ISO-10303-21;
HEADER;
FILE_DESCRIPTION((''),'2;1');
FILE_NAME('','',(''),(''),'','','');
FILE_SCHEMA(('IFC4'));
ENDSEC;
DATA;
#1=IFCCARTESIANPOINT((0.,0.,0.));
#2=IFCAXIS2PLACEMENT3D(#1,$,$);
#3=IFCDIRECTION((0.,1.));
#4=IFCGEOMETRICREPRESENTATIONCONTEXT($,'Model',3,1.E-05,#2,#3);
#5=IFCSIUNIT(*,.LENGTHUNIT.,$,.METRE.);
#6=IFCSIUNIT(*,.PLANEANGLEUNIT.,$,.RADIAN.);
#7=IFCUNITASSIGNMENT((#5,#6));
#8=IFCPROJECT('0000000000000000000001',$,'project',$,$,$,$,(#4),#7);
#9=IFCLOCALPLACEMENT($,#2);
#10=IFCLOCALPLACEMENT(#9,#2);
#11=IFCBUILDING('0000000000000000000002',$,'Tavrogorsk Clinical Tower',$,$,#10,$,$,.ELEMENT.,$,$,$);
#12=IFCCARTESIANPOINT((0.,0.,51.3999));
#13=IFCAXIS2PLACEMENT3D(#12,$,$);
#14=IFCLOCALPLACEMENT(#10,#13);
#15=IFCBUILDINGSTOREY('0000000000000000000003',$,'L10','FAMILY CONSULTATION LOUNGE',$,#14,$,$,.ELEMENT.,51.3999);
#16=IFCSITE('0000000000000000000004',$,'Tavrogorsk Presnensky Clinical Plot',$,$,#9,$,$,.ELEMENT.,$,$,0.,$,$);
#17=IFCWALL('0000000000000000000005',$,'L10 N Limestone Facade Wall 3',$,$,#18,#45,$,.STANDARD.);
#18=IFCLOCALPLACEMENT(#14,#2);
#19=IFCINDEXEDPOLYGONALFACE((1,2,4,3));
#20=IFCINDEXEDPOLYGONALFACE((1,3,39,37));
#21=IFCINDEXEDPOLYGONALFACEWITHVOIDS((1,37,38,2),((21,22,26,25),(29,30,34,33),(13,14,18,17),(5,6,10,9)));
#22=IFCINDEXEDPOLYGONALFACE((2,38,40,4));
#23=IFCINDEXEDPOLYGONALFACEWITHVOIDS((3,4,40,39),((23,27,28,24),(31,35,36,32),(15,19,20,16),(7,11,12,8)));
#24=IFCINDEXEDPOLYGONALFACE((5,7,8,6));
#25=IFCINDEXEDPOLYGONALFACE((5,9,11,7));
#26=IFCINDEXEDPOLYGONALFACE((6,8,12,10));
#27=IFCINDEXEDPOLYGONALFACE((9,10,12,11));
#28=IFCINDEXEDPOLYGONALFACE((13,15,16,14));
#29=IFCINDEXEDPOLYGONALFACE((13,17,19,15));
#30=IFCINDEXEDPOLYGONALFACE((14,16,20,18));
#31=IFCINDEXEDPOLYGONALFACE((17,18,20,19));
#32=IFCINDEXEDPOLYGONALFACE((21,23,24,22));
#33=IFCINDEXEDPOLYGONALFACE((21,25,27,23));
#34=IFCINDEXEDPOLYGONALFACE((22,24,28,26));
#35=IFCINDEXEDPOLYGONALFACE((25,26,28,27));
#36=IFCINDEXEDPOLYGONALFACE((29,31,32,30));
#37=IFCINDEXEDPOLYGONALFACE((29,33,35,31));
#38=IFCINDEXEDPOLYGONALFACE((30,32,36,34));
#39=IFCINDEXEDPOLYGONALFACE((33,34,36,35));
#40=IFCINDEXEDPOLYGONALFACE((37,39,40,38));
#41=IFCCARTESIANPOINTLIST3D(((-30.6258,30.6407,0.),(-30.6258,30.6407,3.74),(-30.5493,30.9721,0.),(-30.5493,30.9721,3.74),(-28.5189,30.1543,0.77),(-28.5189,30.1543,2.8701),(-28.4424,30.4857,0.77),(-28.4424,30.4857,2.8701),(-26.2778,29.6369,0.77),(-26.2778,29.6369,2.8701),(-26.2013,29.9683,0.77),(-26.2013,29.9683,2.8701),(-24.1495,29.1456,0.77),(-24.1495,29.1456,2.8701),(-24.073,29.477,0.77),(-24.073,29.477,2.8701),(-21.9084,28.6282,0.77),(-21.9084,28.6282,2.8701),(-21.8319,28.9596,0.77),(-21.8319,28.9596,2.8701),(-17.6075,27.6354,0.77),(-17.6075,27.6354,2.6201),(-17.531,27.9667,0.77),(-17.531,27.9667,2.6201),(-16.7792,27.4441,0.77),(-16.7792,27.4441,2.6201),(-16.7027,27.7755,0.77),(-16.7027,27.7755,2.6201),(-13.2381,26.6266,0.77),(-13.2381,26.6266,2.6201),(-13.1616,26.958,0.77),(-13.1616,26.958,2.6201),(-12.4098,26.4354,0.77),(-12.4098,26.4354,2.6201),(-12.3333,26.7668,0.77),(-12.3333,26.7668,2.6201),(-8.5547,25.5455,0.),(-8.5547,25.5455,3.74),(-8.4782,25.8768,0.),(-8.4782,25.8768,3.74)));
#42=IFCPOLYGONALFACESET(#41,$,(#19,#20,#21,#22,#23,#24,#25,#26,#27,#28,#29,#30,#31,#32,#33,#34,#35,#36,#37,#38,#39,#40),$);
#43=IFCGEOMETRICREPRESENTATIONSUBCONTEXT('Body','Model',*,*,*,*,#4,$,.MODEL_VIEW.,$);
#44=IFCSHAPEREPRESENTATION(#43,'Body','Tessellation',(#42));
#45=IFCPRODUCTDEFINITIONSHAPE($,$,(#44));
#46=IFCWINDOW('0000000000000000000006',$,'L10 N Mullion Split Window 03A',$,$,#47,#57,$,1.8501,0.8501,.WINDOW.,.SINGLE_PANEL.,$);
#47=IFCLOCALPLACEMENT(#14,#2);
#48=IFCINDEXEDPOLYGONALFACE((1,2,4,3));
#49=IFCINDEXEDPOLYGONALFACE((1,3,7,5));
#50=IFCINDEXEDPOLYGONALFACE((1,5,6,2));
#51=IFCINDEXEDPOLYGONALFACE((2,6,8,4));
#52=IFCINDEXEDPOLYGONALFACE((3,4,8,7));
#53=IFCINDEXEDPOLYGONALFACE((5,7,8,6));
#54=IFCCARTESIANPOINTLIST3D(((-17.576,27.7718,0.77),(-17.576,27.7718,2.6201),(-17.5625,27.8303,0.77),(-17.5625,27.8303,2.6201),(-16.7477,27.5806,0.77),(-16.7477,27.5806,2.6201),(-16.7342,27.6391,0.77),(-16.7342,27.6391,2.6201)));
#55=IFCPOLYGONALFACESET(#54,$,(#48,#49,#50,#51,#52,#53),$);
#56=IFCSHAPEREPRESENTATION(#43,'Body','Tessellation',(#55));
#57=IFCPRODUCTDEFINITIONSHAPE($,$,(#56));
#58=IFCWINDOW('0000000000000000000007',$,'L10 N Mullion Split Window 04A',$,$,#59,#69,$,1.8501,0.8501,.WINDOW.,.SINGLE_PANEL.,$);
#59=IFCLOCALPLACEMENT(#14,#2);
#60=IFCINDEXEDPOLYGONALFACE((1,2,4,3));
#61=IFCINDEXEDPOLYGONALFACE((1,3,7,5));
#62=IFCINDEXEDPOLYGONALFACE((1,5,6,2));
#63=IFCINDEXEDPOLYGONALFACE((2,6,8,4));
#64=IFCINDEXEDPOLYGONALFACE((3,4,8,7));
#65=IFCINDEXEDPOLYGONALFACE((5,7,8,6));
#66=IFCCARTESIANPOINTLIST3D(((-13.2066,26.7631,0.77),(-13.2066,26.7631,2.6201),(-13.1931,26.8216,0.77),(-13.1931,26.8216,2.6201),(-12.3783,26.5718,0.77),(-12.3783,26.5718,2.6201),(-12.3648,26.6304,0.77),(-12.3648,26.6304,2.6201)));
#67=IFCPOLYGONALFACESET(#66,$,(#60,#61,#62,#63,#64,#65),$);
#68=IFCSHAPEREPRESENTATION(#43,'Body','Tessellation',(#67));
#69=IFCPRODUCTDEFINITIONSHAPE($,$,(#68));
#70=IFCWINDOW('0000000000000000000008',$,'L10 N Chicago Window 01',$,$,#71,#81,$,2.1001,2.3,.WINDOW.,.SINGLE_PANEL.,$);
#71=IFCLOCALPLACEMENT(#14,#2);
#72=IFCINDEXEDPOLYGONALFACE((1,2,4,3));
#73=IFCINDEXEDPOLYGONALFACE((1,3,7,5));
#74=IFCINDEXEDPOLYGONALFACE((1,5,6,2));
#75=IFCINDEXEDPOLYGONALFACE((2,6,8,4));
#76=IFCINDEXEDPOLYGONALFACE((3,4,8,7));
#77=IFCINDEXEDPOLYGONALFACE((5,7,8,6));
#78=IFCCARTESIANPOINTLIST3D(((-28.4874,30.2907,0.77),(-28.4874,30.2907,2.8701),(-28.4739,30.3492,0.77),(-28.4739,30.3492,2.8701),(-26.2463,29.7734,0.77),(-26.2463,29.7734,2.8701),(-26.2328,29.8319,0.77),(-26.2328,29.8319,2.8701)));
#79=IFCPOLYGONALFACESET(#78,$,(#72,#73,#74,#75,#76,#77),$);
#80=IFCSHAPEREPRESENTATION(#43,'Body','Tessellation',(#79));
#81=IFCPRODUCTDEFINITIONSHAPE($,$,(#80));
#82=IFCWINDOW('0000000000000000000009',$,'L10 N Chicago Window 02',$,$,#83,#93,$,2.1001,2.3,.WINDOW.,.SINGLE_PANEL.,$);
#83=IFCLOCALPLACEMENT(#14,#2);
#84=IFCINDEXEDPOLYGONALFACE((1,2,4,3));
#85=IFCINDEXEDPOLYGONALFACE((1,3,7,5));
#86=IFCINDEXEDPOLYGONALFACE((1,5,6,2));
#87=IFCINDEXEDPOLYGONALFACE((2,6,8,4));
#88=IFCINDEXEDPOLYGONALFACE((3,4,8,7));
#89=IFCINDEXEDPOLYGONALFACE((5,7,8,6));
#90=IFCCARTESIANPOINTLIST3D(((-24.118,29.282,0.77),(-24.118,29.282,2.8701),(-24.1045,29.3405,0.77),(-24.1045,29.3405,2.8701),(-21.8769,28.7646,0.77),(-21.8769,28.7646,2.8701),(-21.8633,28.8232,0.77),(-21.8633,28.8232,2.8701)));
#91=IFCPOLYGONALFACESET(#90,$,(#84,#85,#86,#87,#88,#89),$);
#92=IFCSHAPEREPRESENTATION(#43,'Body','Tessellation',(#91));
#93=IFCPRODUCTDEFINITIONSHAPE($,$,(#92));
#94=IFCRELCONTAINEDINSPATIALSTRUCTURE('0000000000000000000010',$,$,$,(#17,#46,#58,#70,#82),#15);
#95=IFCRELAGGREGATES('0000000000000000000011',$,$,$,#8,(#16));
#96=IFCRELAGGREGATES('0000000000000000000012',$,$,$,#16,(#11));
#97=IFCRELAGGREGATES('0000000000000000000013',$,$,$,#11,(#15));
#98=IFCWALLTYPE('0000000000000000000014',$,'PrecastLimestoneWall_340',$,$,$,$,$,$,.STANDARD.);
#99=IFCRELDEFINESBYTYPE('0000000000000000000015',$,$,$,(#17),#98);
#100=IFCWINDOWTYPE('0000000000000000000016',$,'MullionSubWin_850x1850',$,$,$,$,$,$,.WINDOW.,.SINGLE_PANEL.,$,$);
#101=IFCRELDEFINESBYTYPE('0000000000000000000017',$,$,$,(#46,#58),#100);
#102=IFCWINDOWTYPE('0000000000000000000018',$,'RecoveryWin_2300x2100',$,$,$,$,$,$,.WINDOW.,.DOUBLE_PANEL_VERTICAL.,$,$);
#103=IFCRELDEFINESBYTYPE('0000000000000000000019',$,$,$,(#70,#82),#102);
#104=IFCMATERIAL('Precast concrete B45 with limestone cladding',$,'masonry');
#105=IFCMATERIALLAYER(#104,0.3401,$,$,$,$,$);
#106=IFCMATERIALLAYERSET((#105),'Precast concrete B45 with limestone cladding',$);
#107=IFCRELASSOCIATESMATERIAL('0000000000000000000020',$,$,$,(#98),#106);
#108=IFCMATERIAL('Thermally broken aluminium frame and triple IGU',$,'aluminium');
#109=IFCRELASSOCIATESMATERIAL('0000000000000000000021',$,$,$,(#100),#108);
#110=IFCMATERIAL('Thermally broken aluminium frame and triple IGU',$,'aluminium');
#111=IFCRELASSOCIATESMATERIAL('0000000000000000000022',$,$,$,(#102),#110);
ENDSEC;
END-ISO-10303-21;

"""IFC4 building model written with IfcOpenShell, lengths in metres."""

from ifc_helpers import new_model, si_unit, direction, frame, frame_2d, origin, place, context, subcontext, project, spatial, rectangle, extrude, material, layer, layer_set, type_object, element, fill, save


model = new_model("IFC4")

# Units and contexts
model_context = context("Model", 3, precision=1e-05, world=origin(), true_north=direction((0.0, 1.0)))
body_context = subcontext(model_context, "Body", "Model", "MODEL_VIEW")
ifc_project = project(units=[si_unit("LENGTHUNIT", "METRE"), si_unit("PLANEANGLEUNIT", "RADIAN")], contexts=[model_context])

# Site, building, storey
site_placement = place(None, origin())
site = spatial("IfcSite", under=ifc_project, at=site_placement, Name="Tavrogorsk Presnensky Clinical Plot", CompositionType="ELEMENT", RefElevation=0.0)
building_placement = place(site_placement, origin())
building = spatial("IfcBuilding", under=site, at=building_placement, Name="Tavrogorsk Clinical Tower", CompositionType="ELEMENT")
storey_placement = place(building_placement, frame((0.0, 0.0, 51.3999)))
storey = spatial("IfcBuildingStorey", under=building, at=storey_placement, Name="L10", Description="FAMILY CONSULTATION LOUNGE", CompositionType="ELEMENT", Elevation=51.3999)

# Wall, openings, windows
ifc_material_1 = material(Name="Precast concrete B45 with limestone cladding", Category="masonry")
ifc_layer_1 = layer(ifc_material_1, 0.3401)
ifc_layer_set_1 = layer_set([ifc_layer_1], Name="Precast concrete B45 with limestone cladding")
wall_type_1 = type_object("IfcWallType", Name="PrecastLimestoneWall_340", PredefinedType="STANDARD", material=ifc_layer_set_1)
wall_1_placement = place(storey_placement, frame((-8.5166, 25.7112, 0.0), z_axis=(0.0, 0.0, 1.0), x_axis=(-0.974373, 0.224939, 0.0)))
wall_1 = element("IfcWall", 1, at=wall_1_placement, inside=storey, type_object=wall_type_1, Name="L10 N Limestone Facade Wall 3", PredefinedType="STANDARD", context=body_context, shape_type="SweptSolid", body=[
    extrude(rectangle(XDim=22.6516, YDim=0.3401, at=frame_2d((11.3257, 0.0))), origin(), (0.0, 0.0, 1.0), 3.74),
])
opening_1_placement = place(wall_1_placement, frame((18.1892, 0.0, 0.77)))
opening_1 = element("IfcOpeningElement", 2, at=opening_1_placement, cuts=wall_1, PredefinedType="OPENING", context=body_context, shape_type="SweptSolid", body=[
    extrude(rectangle(XDim=2.3, YDim=2.1001, at=frame_2d((1.1499, 1.05))), frame((0.0, 0.1799, 0.0), z_axis=(0.0, -1.0, 0.0), x_axis=(1.0, 0.0, 0.0)), (0.0, 0.0, 1.0), 0.3601),
])
opening_2_placement = place(wall_1_placement, frame((13.7048, 0.0, 0.77)))
opening_2 = element("IfcOpeningElement", 3, at=opening_2_placement, cuts=wall_1, PredefinedType="OPENING", context=body_context, shape_type="SweptSolid", body=[
    extrude(rectangle(XDim=2.3, YDim=2.1001, at=frame_2d((1.1499, 1.05))), frame((0.0, 0.1799, 0.0), z_axis=(0.0, -1.0, 0.0), x_axis=(1.0, 0.0, 0.0)), (0.0, 0.0, 1.0), 0.3601),
])
opening_3_placement = place(wall_1_placement, frame((8.4407, 0.0, 0.77)))
opening_3 = element("IfcOpeningElement", 4, at=opening_3_placement, cuts=wall_1, PredefinedType="OPENING", context=body_context, shape_type="SweptSolid", body=[
    extrude(rectangle(XDim=0.8501, YDim=1.8501, at=frame_2d((0.425, 0.925))), frame((0.0, 0.1799, 0.0), z_axis=(0.0, -1.0, 0.0), x_axis=(1.0, 0.0, 0.0)), (0.0, 0.0, 1.0), 0.3601),
])
opening_4_placement = place(wall_1_placement, frame((3.9563, 0.0, 0.77)))
opening_4 = element("IfcOpeningElement", 5, at=opening_4_placement, cuts=wall_1, PredefinedType="OPENING", context=body_context, shape_type="SweptSolid", body=[
    extrude(rectangle(XDim=0.8501, YDim=1.8501, at=frame_2d((0.425, 0.925))), frame((0.0, 0.1799, 0.0), z_axis=(0.0, -1.0, 0.0), x_axis=(1.0, 0.0, 0.0)), (0.0, 0.0, 1.0), 0.3601),
])
ifc_material_2 = material(Name="Thermally broken aluminium frame and triple IGU", Category="aluminium")
window_type_1 = type_object("IfcWindowType", Name="MullionSubWin_850x1850", PartitioningType="SINGLE_PANEL", PredefinedType="WINDOW", material=ifc_material_2)
window_1_placement = place(opening_3_placement, origin())
window_1 = element("IfcWindow", 6, at=window_1_placement, inside=storey, type_object=window_type_1, Name="L10 N Mullion Split Window 03A", OverallHeight=1.8501, OverallWidth=0.8501, PartitioningType="SINGLE_PANEL", PredefinedType="WINDOW", context=body_context, shape_type="SweptSolid", body=[
    extrude(rectangle(XDim=0.8501, YDim=1.8501, at=frame_2d((0.425, 0.925))), frame((0.0, 0.03, 0.0), z_axis=(0.0, -1.0, 0.0), x_axis=(1.0, 0.0, 0.0)), (0.0, 0.0, 1.0), 0.0601),
])
fill(opening_3, window_1)
window_2_placement = place(opening_4_placement, origin())
window_2 = element("IfcWindow", 7, at=window_2_placement, inside=storey, type_object=window_type_1, Name="L10 N Mullion Split Window 04A", OverallHeight=1.8501, OverallWidth=0.8501, PartitioningType="SINGLE_PANEL", PredefinedType="WINDOW", context=body_context, shape_type="SweptSolid", body=[
    extrude(rectangle(XDim=0.8501, YDim=1.8501, at=frame_2d((0.425, 0.925))), frame((0.0, 0.03, 0.0), z_axis=(0.0, -1.0, 0.0), x_axis=(1.0, 0.0, 0.0)), (0.0, 0.0, 1.0), 0.0601),
])
fill(opening_4, window_2)
ifc_material_3 = material(Name="Thermally broken aluminium frame and triple IGU", Category="aluminium")
window_type_2 = type_object("IfcWindowType", Name="RecoveryWin_2300x2100", PartitioningType="DOUBLE_PANEL_VERTICAL", PredefinedType="WINDOW", material=ifc_material_3)
window_3_placement = place(opening_1_placement, origin())
window_3 = element("IfcWindow", 8, at=window_3_placement, inside=storey, type_object=window_type_2, Name="L10 N Chicago Window 01", OverallHeight=2.1001, OverallWidth=2.3, PartitioningType="SINGLE_PANEL", PredefinedType="WINDOW", context=body_context, shape_type="SweptSolid", body=[
    extrude(rectangle(XDim=2.3, YDim=2.1001, at=frame_2d((1.1499, 1.05))), frame((0.0, 0.03, 0.0), z_axis=(0.0, -1.0, 0.0), x_axis=(1.0, 0.0, 0.0)), (0.0, 0.0, 1.0), 0.0601),
])
fill(opening_1, window_3)
window_4_placement = place(opening_2_placement, origin())
window_4 = element("IfcWindow", 9, at=window_4_placement, inside=storey, type_object=window_type_2, Name="L10 N Chicago Window 02", OverallHeight=2.1001, OverallWidth=2.3, PartitioningType="SINGLE_PANEL", PredefinedType="WINDOW", context=body_context, shape_type="SweptSolid", body=[
    extrude(rectangle(XDim=2.3, YDim=2.1001, at=frame_2d((1.1499, 1.05))), frame((0.0, 0.03, 0.0), z_axis=(0.0, -1.0, 0.0), x_axis=(1.0, 0.0, 0.0)), (0.0, 0.0, 1.0), 0.0601),
])
fill(opening_2, window_4)

save(model, "model.ifc")
